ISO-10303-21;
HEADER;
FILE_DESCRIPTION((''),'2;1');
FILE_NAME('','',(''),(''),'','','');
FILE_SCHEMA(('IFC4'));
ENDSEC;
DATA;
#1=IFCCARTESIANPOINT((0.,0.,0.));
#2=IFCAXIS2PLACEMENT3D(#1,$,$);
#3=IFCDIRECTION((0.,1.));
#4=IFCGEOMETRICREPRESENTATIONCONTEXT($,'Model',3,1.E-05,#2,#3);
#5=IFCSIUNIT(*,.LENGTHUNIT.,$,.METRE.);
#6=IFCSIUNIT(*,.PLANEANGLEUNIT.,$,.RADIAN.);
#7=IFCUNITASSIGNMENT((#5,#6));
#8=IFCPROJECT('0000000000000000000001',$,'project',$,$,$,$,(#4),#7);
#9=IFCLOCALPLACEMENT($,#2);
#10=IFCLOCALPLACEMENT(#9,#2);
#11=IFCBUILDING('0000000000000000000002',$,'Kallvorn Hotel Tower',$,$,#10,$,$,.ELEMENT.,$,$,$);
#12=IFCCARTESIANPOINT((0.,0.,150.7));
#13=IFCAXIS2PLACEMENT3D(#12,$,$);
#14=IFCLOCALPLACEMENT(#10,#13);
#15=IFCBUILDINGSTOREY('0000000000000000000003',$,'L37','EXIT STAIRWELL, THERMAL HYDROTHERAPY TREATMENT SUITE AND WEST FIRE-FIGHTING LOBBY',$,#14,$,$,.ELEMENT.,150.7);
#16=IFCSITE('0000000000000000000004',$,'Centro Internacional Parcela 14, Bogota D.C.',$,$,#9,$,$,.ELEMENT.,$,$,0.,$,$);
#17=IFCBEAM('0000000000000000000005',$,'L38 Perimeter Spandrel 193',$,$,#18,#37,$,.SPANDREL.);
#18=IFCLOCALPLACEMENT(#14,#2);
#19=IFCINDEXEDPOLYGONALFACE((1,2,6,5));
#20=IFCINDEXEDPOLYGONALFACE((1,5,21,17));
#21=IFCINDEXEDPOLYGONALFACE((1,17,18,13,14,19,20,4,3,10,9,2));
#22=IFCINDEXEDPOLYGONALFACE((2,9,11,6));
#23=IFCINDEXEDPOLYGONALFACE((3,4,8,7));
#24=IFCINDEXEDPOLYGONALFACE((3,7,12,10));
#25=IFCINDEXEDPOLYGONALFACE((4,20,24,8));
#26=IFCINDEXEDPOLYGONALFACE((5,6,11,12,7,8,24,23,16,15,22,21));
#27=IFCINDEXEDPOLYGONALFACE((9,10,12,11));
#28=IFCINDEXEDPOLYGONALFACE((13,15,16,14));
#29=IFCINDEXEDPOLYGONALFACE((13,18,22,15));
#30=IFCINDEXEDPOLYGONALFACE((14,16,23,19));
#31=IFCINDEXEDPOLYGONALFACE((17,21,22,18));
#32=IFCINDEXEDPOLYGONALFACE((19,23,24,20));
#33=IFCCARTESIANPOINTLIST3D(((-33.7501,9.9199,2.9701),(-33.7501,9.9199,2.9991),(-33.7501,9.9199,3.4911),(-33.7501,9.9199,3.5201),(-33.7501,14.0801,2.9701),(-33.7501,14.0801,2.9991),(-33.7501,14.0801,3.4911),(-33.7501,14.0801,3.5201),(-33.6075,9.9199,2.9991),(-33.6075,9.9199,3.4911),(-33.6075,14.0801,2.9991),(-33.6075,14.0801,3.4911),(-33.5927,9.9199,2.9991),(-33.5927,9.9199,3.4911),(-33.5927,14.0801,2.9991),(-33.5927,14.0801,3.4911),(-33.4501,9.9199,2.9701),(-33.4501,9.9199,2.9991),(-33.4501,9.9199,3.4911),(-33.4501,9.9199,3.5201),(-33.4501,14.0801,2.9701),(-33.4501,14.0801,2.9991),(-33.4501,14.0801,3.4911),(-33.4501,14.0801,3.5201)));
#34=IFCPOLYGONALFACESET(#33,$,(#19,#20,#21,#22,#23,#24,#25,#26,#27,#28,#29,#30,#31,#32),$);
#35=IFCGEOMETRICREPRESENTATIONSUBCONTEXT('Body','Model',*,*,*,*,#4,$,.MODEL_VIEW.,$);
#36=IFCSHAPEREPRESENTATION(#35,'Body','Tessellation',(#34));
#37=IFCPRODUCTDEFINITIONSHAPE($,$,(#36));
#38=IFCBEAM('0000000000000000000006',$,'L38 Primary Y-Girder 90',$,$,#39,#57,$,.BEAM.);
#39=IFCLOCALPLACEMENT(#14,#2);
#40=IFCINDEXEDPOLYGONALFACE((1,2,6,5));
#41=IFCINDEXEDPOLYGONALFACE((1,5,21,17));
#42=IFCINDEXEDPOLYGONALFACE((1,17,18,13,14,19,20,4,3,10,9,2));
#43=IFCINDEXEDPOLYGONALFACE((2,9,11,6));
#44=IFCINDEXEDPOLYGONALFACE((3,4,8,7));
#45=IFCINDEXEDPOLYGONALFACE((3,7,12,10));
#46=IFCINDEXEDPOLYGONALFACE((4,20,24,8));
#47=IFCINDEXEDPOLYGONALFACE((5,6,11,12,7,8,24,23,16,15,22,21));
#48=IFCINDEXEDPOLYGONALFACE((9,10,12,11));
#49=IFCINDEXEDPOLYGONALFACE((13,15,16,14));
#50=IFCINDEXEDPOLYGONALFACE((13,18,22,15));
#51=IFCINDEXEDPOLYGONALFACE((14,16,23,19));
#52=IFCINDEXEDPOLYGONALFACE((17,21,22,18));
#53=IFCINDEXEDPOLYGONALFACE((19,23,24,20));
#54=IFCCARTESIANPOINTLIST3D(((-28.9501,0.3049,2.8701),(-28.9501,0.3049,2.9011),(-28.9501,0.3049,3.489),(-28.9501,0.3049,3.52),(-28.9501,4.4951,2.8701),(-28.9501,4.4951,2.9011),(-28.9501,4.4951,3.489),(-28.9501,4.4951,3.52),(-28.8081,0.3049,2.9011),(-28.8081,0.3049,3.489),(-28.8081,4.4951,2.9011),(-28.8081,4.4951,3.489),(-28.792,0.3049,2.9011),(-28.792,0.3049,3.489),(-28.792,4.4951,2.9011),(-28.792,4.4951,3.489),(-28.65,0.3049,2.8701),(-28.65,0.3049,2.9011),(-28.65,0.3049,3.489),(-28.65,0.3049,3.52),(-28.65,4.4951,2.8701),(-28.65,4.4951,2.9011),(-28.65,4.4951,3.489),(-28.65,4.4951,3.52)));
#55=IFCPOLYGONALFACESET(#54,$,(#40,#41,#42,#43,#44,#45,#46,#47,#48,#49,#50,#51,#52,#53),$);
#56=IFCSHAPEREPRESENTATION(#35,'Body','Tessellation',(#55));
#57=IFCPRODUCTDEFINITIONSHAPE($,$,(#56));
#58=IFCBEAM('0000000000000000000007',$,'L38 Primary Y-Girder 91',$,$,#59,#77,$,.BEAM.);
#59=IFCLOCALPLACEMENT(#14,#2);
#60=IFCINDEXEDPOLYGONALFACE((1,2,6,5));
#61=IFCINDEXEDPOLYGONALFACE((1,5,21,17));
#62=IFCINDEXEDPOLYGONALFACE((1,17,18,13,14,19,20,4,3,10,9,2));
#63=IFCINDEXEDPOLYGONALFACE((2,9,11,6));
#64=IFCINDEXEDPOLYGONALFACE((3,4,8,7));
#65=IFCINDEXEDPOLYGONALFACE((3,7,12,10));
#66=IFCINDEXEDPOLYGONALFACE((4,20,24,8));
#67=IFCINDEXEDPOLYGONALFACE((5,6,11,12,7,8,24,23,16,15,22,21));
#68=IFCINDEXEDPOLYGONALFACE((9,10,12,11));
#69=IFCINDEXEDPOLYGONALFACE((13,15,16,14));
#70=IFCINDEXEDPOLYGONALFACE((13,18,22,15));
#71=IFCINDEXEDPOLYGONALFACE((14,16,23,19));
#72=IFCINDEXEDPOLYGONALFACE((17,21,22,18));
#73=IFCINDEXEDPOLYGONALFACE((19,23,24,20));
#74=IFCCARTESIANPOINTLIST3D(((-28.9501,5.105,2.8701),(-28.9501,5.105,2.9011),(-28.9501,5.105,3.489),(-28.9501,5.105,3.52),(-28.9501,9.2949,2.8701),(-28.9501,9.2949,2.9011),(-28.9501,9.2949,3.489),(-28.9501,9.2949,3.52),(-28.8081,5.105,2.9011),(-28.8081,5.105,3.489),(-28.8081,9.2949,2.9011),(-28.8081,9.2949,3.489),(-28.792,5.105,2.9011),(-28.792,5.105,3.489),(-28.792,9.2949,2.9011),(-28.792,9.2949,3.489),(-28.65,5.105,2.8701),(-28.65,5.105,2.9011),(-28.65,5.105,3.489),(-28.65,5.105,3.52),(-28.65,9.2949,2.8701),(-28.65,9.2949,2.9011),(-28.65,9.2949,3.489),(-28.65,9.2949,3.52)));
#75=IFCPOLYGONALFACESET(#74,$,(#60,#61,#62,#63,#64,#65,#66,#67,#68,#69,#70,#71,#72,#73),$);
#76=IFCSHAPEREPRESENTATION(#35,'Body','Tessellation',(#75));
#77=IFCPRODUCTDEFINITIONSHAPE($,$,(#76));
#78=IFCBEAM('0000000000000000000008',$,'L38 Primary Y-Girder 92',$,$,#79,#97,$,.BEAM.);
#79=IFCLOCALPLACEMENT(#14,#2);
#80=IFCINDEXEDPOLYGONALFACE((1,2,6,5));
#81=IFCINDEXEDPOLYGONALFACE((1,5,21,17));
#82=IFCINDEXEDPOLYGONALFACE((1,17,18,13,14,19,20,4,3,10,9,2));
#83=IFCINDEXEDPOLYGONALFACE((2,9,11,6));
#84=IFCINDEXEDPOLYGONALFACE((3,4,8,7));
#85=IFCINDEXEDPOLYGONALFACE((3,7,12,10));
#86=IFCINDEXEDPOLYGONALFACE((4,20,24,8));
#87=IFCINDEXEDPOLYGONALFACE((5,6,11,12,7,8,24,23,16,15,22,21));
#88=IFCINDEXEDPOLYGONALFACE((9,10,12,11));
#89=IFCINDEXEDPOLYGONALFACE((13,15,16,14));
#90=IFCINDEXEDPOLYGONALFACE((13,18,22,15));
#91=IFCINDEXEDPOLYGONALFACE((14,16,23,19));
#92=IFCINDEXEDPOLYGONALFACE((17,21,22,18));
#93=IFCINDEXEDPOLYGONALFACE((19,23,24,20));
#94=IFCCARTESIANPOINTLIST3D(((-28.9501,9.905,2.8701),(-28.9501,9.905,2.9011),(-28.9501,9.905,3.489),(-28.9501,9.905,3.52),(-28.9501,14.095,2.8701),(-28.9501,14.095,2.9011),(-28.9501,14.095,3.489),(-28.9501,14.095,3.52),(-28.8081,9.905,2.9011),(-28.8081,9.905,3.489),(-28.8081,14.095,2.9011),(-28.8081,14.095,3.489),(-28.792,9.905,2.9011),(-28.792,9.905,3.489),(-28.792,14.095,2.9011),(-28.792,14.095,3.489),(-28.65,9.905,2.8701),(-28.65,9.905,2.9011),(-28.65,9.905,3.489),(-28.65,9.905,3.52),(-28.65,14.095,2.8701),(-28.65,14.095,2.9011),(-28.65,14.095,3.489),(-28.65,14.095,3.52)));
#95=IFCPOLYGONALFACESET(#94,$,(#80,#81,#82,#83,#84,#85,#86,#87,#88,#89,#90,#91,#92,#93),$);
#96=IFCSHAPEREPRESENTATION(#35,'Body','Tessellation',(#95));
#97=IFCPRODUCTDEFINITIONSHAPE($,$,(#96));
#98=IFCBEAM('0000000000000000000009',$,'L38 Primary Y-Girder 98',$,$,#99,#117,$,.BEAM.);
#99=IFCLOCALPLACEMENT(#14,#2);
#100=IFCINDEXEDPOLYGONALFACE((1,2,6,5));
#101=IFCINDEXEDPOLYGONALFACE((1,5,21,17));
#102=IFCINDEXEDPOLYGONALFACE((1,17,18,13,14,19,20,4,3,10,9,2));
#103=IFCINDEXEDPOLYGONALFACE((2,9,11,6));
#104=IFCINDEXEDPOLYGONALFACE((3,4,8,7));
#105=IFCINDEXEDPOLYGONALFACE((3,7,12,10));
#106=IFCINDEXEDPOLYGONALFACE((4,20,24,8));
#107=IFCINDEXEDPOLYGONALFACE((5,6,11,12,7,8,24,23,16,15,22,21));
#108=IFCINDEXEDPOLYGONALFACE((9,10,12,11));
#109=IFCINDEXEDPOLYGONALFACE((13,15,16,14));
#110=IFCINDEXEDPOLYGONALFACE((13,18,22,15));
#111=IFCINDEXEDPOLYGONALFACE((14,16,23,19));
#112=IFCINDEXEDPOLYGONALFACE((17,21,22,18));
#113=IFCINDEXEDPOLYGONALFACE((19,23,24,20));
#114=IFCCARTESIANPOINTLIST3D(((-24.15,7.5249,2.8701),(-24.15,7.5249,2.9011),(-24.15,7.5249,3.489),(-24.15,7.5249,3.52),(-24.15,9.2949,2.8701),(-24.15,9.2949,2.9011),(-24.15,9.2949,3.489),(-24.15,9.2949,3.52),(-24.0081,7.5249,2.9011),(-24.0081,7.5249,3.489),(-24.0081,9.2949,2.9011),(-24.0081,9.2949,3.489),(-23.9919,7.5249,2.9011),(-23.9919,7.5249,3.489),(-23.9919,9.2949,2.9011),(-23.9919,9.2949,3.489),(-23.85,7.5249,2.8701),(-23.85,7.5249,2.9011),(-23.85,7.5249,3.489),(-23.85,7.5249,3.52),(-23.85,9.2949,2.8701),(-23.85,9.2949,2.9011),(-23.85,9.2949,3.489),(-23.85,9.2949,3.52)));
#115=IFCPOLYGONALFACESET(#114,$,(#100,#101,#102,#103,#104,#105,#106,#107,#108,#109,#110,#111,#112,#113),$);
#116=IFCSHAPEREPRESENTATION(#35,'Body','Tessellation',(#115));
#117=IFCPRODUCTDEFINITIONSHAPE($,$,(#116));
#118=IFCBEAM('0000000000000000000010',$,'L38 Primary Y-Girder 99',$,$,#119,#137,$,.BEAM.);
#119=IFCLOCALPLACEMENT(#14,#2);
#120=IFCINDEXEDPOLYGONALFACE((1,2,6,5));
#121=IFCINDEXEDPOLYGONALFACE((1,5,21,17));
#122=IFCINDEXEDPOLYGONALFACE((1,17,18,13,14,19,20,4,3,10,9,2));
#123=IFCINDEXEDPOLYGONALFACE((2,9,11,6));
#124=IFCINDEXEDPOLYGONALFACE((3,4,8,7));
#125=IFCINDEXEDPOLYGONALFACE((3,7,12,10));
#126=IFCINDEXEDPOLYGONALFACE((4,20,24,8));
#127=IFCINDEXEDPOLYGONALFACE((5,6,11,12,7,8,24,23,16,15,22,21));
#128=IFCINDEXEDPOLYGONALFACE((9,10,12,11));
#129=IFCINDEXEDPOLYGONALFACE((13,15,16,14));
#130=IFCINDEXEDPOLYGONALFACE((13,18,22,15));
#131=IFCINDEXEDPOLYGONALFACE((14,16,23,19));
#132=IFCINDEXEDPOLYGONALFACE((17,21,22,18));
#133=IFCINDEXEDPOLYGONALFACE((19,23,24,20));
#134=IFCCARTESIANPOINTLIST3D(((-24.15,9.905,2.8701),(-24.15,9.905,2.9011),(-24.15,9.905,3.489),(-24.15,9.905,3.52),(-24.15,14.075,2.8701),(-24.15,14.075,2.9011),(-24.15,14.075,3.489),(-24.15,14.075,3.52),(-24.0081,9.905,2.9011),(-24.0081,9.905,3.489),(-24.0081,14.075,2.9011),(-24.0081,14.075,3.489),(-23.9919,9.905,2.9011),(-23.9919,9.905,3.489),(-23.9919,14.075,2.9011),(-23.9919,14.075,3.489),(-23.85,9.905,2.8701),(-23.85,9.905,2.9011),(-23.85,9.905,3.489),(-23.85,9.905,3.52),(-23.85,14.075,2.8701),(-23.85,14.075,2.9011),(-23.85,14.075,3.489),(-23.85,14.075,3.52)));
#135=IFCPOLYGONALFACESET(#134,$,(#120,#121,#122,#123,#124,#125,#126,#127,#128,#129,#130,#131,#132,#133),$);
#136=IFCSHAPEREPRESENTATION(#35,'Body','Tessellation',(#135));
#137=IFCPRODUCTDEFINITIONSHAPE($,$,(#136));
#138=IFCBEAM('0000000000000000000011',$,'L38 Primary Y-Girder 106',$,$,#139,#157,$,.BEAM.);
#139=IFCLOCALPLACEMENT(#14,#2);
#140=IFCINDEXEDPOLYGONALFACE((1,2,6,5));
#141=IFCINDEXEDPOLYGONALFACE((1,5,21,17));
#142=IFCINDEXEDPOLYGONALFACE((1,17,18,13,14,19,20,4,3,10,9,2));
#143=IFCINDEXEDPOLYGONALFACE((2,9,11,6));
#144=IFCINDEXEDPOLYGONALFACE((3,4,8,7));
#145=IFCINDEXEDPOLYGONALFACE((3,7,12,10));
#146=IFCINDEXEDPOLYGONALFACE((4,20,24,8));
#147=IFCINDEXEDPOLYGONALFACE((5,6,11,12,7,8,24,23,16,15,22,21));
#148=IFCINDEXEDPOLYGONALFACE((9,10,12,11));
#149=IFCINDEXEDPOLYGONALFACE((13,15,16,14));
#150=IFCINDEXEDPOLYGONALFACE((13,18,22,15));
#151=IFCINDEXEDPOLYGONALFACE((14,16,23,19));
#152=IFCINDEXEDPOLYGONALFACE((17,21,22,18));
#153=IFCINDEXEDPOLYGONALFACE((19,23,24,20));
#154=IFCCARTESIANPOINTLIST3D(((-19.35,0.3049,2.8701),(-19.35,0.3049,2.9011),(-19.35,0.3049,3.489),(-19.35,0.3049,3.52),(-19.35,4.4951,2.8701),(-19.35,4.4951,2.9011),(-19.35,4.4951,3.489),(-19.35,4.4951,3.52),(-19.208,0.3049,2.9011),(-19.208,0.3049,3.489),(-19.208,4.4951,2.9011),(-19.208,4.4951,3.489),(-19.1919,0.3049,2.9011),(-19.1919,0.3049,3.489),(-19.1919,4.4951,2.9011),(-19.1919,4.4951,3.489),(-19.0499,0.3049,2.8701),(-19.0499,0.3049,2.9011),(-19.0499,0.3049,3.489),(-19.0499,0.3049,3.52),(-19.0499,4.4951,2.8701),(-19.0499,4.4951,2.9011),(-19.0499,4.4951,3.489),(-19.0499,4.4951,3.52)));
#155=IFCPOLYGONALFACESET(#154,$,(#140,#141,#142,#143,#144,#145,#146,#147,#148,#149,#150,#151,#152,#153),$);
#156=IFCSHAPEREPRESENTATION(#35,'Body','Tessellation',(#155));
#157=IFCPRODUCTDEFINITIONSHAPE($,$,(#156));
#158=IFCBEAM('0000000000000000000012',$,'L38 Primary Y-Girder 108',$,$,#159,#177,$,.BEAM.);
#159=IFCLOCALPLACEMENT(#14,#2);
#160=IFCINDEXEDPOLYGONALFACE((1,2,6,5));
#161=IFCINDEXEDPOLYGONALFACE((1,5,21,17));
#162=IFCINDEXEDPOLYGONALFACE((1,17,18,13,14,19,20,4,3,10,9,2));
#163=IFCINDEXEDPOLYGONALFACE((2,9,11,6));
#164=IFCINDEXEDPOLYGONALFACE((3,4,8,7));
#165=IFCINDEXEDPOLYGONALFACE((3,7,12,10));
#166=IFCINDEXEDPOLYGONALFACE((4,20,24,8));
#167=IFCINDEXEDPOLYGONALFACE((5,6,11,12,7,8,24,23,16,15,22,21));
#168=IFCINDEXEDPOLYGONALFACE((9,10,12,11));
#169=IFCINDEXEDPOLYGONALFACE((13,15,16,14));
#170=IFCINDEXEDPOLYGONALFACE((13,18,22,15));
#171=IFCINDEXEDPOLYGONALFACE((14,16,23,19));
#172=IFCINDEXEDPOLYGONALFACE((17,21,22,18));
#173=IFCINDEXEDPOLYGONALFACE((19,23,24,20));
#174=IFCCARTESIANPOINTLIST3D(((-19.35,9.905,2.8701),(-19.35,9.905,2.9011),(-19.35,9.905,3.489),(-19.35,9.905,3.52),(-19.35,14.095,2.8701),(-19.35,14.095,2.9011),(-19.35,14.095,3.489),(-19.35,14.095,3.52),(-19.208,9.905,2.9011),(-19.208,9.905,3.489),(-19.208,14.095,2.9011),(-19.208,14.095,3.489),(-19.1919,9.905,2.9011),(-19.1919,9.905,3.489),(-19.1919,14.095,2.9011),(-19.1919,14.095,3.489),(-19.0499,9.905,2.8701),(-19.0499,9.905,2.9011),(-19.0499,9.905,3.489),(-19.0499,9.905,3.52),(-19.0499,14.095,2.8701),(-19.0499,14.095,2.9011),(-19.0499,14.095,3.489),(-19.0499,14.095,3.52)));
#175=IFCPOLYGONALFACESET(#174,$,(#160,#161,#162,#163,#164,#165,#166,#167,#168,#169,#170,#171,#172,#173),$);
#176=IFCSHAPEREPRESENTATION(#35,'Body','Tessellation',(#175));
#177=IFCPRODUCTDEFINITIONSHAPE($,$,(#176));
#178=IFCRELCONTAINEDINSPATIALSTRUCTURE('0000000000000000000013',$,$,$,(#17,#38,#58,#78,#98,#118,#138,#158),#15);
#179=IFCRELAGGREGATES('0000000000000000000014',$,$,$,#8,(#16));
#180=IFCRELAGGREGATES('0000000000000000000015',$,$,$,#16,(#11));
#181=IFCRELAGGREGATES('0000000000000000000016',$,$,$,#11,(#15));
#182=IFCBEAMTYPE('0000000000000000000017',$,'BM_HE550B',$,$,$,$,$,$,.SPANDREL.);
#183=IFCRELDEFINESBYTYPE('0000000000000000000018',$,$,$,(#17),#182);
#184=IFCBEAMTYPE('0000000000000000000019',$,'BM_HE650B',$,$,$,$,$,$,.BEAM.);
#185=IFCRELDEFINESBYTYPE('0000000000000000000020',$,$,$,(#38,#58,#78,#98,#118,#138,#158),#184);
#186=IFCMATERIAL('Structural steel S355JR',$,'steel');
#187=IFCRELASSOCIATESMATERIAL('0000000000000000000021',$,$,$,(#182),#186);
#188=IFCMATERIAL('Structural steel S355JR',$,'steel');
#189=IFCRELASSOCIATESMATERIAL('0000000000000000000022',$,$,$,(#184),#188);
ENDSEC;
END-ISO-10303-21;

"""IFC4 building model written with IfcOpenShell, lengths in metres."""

from ifc_helpers import new_model, si_unit, direction, frame, origin, origin_2d, place, context, subcontext, project, spatial, i_section, extrude, material, material_profile, profile_set, type_object, element, save


model = new_model("IFC4")

# Units and contexts
model_context = context("Model", 3, precision=1e-05, world=origin(), true_north=direction((0.0, 1.0)))
body_context = subcontext(model_context, "Body", "Model", "MODEL_VIEW")
ifc_project = project(units=[si_unit("LENGTHUNIT", "METRE"), si_unit("PLANEANGLEUNIT", "RADIAN")], contexts=[model_context])

# Site, building, storey
site_placement = place(None, origin())
site = spatial("IfcSite", under=ifc_project, at=site_placement, Name="Centro Internacional Parcela 14, Bogota D.C.", CompositionType="ELEMENT", RefElevation=0.0)
building_placement = place(site_placement, origin())
building = spatial("IfcBuilding", under=site, at=building_placement, Name="Kallvorn Hotel Tower", CompositionType="ELEMENT")
storey_placement = place(building_placement, frame((0.0, 0.0, 150.7)))
storey = spatial("IfcBuildingStorey", under=building, at=storey_placement, Name="L37", Description="EXIT STAIRWELL, THERMAL HYDROTHERAPY TREATMENT SUITE AND WEST FIRE-FIGHTING LOBBY", CompositionType="ELEMENT", Elevation=150.7)

# Beams
ifc_material_1 = material(Name="Structural steel S355JR", Category="steel")
ifc_material_profile_1 = material_profile(ifc_material_1, i_section(OverallWidth=0.3, OverallDepth=0.55, WebThickness=0.0149, FlangeThickness=0.0291, at=origin_2d()), Name="HE 550 B")
ifc_profile_set_1 = profile_set([ifc_material_profile_1], Name="Structural steel S355JR")
beam_type_1 = type_object("IfcBeamType", Name="BM_HE550B", PredefinedType="SPANDREL", material=ifc_profile_set_1)
beam_1_placement = place(storey_placement, frame((-33.6001, 9.9199, 3.2451), z_axis=(0.0, 1.0, 0.0), x_axis=(-1.0, 0.0, 0.0)))
element("IfcBeam", 1, at=beam_1_placement, inside=storey, type_object=beam_type_1, Name="L38 Perimeter Spandrel 193", PredefinedType="SPANDREL", context=body_context, shape_type="SweptSolid", body=[
    extrude(i_section(OverallWidth=0.3, OverallDepth=0.55, WebThickness=0.0149, FlangeThickness=0.0291, at=origin_2d()), origin(), (0.0, 0.0, 1.0), 4.1602),
])
ifc_material_2 = material(Name="Structural steel S355JR", Category="steel")
ifc_material_profile_2 = material_profile(ifc_material_2, i_section(OverallWidth=0.3, OverallDepth=0.6499, WebThickness=0.0161, FlangeThickness=0.031, at=origin_2d()), Name="HE 650 B")
ifc_profile_set_2 = profile_set([ifc_material_profile_2], Name="Structural steel S355JR")
beam_type_2 = type_object("IfcBeamType", Name="BM_HE650B", PredefinedType="BEAM", material=ifc_profile_set_2)
beam_2_placement = place(storey_placement, frame((-28.8, 0.3049, 3.1951), z_axis=(0.0, 1.0, 0.0), x_axis=(-1.0, 0.0, 0.0)))
element("IfcBeam", 2, at=beam_2_placement, inside=storey, type_object=beam_type_2, Name="L38 Primary Y-Girder 90", PredefinedType="BEAM", context=body_context, shape_type="SweptSolid", body=[
    extrude(i_section(OverallWidth=0.3, OverallDepth=0.6499, WebThickness=0.0161, FlangeThickness=0.031, at=origin_2d()), origin(), (0.0, 0.0, 1.0), 4.1902),
])
for number, where, z_axis, x_axis, name in (
    (3, (-28.8, 5.105, 3.1951), (0.0, 1.0, 0.0), (-1.0, 0.0, 0.0), "L38 Primary Y-Girder 91"),
    (4, (-28.8, 9.905, 3.1951), (0.0, 1.0, 0.0), (-1.0, 0.0, 0.0), "L38 Primary Y-Girder 92"),
):
    element("IfcBeam", number, at=place(storey_placement, frame(where, z_axis=z_axis, x_axis=x_axis)), inside=storey, type_object=beam_type_2, Name=name, PredefinedType="BEAM", context=body_context, shape_type="SweptSolid", body=[
        extrude(i_section(OverallWidth=0.3, OverallDepth=0.6499, WebThickness=0.0161, FlangeThickness=0.031, at=origin_2d()), origin(), (0.0, 0.0, 1.0), 4.1899),
    ])
beam_3_placement = place(storey_placement, frame((-24.0, 7.5249, 3.1951), z_axis=(0.0, 1.0, 0.0), x_axis=(-1.0, 0.0, 0.0)))
element("IfcBeam", 5, at=beam_3_placement, inside=storey, type_object=beam_type_2, Name="L38 Primary Y-Girder 98", PredefinedType="BEAM", context=body_context, shape_type="SweptSolid", body=[
    extrude(i_section(OverallWidth=0.3, OverallDepth=0.6499, WebThickness=0.0161, FlangeThickness=0.031, at=origin_2d()), origin(), (0.0, 0.0, 1.0), 1.77),
])
beam_4_placement = place(storey_placement, frame((-24.0, 9.905, 3.1951), z_axis=(0.0, 1.0, 0.0), x_axis=(-1.0, 0.0, 0.0)))
element("IfcBeam", 6, at=beam_4_placement, inside=storey, type_object=beam_type_2, Name="L38 Primary Y-Girder 99", PredefinedType="BEAM", context=body_context, shape_type="SweptSolid", body=[
    extrude(i_section(OverallWidth=0.3, OverallDepth=0.6499, WebThickness=0.0161, FlangeThickness=0.031, at=origin_2d()), origin(), (0.0, 0.0, 1.0), 4.1699),
])
beam_5_placement = place(storey_placement, frame((-19.2, 0.3049, 3.1951), z_axis=(0.0, 1.0, 0.0), x_axis=(-1.0, 0.0, 0.0)))
element("IfcBeam", 7, at=beam_5_placement, inside=storey, type_object=beam_type_2, Name="L38 Primary Y-Girder 106", PredefinedType="BEAM", context=body_context, shape_type="SweptSolid", body=[
    extrude(i_section(OverallWidth=0.3, OverallDepth=0.6499, WebThickness=0.0161, FlangeThickness=0.031, at=origin_2d()), origin(), (0.0, 0.0, 1.0), 4.1902),
])
beam_6_placement = place(storey_placement, frame((-19.2, 9.905, 3.1951), z_axis=(0.0, 1.0, 0.0), x_axis=(-1.0, 0.0, 0.0)))
element("IfcBeam", 8, at=beam_6_placement, inside=storey, type_object=beam_type_2, Name="L38 Primary Y-Girder 108", PredefinedType="BEAM", context=body_context, shape_type="SweptSolid", body=[
    extrude(i_section(OverallWidth=0.3, OverallDepth=0.6499, WebThickness=0.0161, FlangeThickness=0.031, at=origin_2d()), origin(), (0.0, 0.0, 1.0), 4.1899),
])

save(model, "model.ifc")
